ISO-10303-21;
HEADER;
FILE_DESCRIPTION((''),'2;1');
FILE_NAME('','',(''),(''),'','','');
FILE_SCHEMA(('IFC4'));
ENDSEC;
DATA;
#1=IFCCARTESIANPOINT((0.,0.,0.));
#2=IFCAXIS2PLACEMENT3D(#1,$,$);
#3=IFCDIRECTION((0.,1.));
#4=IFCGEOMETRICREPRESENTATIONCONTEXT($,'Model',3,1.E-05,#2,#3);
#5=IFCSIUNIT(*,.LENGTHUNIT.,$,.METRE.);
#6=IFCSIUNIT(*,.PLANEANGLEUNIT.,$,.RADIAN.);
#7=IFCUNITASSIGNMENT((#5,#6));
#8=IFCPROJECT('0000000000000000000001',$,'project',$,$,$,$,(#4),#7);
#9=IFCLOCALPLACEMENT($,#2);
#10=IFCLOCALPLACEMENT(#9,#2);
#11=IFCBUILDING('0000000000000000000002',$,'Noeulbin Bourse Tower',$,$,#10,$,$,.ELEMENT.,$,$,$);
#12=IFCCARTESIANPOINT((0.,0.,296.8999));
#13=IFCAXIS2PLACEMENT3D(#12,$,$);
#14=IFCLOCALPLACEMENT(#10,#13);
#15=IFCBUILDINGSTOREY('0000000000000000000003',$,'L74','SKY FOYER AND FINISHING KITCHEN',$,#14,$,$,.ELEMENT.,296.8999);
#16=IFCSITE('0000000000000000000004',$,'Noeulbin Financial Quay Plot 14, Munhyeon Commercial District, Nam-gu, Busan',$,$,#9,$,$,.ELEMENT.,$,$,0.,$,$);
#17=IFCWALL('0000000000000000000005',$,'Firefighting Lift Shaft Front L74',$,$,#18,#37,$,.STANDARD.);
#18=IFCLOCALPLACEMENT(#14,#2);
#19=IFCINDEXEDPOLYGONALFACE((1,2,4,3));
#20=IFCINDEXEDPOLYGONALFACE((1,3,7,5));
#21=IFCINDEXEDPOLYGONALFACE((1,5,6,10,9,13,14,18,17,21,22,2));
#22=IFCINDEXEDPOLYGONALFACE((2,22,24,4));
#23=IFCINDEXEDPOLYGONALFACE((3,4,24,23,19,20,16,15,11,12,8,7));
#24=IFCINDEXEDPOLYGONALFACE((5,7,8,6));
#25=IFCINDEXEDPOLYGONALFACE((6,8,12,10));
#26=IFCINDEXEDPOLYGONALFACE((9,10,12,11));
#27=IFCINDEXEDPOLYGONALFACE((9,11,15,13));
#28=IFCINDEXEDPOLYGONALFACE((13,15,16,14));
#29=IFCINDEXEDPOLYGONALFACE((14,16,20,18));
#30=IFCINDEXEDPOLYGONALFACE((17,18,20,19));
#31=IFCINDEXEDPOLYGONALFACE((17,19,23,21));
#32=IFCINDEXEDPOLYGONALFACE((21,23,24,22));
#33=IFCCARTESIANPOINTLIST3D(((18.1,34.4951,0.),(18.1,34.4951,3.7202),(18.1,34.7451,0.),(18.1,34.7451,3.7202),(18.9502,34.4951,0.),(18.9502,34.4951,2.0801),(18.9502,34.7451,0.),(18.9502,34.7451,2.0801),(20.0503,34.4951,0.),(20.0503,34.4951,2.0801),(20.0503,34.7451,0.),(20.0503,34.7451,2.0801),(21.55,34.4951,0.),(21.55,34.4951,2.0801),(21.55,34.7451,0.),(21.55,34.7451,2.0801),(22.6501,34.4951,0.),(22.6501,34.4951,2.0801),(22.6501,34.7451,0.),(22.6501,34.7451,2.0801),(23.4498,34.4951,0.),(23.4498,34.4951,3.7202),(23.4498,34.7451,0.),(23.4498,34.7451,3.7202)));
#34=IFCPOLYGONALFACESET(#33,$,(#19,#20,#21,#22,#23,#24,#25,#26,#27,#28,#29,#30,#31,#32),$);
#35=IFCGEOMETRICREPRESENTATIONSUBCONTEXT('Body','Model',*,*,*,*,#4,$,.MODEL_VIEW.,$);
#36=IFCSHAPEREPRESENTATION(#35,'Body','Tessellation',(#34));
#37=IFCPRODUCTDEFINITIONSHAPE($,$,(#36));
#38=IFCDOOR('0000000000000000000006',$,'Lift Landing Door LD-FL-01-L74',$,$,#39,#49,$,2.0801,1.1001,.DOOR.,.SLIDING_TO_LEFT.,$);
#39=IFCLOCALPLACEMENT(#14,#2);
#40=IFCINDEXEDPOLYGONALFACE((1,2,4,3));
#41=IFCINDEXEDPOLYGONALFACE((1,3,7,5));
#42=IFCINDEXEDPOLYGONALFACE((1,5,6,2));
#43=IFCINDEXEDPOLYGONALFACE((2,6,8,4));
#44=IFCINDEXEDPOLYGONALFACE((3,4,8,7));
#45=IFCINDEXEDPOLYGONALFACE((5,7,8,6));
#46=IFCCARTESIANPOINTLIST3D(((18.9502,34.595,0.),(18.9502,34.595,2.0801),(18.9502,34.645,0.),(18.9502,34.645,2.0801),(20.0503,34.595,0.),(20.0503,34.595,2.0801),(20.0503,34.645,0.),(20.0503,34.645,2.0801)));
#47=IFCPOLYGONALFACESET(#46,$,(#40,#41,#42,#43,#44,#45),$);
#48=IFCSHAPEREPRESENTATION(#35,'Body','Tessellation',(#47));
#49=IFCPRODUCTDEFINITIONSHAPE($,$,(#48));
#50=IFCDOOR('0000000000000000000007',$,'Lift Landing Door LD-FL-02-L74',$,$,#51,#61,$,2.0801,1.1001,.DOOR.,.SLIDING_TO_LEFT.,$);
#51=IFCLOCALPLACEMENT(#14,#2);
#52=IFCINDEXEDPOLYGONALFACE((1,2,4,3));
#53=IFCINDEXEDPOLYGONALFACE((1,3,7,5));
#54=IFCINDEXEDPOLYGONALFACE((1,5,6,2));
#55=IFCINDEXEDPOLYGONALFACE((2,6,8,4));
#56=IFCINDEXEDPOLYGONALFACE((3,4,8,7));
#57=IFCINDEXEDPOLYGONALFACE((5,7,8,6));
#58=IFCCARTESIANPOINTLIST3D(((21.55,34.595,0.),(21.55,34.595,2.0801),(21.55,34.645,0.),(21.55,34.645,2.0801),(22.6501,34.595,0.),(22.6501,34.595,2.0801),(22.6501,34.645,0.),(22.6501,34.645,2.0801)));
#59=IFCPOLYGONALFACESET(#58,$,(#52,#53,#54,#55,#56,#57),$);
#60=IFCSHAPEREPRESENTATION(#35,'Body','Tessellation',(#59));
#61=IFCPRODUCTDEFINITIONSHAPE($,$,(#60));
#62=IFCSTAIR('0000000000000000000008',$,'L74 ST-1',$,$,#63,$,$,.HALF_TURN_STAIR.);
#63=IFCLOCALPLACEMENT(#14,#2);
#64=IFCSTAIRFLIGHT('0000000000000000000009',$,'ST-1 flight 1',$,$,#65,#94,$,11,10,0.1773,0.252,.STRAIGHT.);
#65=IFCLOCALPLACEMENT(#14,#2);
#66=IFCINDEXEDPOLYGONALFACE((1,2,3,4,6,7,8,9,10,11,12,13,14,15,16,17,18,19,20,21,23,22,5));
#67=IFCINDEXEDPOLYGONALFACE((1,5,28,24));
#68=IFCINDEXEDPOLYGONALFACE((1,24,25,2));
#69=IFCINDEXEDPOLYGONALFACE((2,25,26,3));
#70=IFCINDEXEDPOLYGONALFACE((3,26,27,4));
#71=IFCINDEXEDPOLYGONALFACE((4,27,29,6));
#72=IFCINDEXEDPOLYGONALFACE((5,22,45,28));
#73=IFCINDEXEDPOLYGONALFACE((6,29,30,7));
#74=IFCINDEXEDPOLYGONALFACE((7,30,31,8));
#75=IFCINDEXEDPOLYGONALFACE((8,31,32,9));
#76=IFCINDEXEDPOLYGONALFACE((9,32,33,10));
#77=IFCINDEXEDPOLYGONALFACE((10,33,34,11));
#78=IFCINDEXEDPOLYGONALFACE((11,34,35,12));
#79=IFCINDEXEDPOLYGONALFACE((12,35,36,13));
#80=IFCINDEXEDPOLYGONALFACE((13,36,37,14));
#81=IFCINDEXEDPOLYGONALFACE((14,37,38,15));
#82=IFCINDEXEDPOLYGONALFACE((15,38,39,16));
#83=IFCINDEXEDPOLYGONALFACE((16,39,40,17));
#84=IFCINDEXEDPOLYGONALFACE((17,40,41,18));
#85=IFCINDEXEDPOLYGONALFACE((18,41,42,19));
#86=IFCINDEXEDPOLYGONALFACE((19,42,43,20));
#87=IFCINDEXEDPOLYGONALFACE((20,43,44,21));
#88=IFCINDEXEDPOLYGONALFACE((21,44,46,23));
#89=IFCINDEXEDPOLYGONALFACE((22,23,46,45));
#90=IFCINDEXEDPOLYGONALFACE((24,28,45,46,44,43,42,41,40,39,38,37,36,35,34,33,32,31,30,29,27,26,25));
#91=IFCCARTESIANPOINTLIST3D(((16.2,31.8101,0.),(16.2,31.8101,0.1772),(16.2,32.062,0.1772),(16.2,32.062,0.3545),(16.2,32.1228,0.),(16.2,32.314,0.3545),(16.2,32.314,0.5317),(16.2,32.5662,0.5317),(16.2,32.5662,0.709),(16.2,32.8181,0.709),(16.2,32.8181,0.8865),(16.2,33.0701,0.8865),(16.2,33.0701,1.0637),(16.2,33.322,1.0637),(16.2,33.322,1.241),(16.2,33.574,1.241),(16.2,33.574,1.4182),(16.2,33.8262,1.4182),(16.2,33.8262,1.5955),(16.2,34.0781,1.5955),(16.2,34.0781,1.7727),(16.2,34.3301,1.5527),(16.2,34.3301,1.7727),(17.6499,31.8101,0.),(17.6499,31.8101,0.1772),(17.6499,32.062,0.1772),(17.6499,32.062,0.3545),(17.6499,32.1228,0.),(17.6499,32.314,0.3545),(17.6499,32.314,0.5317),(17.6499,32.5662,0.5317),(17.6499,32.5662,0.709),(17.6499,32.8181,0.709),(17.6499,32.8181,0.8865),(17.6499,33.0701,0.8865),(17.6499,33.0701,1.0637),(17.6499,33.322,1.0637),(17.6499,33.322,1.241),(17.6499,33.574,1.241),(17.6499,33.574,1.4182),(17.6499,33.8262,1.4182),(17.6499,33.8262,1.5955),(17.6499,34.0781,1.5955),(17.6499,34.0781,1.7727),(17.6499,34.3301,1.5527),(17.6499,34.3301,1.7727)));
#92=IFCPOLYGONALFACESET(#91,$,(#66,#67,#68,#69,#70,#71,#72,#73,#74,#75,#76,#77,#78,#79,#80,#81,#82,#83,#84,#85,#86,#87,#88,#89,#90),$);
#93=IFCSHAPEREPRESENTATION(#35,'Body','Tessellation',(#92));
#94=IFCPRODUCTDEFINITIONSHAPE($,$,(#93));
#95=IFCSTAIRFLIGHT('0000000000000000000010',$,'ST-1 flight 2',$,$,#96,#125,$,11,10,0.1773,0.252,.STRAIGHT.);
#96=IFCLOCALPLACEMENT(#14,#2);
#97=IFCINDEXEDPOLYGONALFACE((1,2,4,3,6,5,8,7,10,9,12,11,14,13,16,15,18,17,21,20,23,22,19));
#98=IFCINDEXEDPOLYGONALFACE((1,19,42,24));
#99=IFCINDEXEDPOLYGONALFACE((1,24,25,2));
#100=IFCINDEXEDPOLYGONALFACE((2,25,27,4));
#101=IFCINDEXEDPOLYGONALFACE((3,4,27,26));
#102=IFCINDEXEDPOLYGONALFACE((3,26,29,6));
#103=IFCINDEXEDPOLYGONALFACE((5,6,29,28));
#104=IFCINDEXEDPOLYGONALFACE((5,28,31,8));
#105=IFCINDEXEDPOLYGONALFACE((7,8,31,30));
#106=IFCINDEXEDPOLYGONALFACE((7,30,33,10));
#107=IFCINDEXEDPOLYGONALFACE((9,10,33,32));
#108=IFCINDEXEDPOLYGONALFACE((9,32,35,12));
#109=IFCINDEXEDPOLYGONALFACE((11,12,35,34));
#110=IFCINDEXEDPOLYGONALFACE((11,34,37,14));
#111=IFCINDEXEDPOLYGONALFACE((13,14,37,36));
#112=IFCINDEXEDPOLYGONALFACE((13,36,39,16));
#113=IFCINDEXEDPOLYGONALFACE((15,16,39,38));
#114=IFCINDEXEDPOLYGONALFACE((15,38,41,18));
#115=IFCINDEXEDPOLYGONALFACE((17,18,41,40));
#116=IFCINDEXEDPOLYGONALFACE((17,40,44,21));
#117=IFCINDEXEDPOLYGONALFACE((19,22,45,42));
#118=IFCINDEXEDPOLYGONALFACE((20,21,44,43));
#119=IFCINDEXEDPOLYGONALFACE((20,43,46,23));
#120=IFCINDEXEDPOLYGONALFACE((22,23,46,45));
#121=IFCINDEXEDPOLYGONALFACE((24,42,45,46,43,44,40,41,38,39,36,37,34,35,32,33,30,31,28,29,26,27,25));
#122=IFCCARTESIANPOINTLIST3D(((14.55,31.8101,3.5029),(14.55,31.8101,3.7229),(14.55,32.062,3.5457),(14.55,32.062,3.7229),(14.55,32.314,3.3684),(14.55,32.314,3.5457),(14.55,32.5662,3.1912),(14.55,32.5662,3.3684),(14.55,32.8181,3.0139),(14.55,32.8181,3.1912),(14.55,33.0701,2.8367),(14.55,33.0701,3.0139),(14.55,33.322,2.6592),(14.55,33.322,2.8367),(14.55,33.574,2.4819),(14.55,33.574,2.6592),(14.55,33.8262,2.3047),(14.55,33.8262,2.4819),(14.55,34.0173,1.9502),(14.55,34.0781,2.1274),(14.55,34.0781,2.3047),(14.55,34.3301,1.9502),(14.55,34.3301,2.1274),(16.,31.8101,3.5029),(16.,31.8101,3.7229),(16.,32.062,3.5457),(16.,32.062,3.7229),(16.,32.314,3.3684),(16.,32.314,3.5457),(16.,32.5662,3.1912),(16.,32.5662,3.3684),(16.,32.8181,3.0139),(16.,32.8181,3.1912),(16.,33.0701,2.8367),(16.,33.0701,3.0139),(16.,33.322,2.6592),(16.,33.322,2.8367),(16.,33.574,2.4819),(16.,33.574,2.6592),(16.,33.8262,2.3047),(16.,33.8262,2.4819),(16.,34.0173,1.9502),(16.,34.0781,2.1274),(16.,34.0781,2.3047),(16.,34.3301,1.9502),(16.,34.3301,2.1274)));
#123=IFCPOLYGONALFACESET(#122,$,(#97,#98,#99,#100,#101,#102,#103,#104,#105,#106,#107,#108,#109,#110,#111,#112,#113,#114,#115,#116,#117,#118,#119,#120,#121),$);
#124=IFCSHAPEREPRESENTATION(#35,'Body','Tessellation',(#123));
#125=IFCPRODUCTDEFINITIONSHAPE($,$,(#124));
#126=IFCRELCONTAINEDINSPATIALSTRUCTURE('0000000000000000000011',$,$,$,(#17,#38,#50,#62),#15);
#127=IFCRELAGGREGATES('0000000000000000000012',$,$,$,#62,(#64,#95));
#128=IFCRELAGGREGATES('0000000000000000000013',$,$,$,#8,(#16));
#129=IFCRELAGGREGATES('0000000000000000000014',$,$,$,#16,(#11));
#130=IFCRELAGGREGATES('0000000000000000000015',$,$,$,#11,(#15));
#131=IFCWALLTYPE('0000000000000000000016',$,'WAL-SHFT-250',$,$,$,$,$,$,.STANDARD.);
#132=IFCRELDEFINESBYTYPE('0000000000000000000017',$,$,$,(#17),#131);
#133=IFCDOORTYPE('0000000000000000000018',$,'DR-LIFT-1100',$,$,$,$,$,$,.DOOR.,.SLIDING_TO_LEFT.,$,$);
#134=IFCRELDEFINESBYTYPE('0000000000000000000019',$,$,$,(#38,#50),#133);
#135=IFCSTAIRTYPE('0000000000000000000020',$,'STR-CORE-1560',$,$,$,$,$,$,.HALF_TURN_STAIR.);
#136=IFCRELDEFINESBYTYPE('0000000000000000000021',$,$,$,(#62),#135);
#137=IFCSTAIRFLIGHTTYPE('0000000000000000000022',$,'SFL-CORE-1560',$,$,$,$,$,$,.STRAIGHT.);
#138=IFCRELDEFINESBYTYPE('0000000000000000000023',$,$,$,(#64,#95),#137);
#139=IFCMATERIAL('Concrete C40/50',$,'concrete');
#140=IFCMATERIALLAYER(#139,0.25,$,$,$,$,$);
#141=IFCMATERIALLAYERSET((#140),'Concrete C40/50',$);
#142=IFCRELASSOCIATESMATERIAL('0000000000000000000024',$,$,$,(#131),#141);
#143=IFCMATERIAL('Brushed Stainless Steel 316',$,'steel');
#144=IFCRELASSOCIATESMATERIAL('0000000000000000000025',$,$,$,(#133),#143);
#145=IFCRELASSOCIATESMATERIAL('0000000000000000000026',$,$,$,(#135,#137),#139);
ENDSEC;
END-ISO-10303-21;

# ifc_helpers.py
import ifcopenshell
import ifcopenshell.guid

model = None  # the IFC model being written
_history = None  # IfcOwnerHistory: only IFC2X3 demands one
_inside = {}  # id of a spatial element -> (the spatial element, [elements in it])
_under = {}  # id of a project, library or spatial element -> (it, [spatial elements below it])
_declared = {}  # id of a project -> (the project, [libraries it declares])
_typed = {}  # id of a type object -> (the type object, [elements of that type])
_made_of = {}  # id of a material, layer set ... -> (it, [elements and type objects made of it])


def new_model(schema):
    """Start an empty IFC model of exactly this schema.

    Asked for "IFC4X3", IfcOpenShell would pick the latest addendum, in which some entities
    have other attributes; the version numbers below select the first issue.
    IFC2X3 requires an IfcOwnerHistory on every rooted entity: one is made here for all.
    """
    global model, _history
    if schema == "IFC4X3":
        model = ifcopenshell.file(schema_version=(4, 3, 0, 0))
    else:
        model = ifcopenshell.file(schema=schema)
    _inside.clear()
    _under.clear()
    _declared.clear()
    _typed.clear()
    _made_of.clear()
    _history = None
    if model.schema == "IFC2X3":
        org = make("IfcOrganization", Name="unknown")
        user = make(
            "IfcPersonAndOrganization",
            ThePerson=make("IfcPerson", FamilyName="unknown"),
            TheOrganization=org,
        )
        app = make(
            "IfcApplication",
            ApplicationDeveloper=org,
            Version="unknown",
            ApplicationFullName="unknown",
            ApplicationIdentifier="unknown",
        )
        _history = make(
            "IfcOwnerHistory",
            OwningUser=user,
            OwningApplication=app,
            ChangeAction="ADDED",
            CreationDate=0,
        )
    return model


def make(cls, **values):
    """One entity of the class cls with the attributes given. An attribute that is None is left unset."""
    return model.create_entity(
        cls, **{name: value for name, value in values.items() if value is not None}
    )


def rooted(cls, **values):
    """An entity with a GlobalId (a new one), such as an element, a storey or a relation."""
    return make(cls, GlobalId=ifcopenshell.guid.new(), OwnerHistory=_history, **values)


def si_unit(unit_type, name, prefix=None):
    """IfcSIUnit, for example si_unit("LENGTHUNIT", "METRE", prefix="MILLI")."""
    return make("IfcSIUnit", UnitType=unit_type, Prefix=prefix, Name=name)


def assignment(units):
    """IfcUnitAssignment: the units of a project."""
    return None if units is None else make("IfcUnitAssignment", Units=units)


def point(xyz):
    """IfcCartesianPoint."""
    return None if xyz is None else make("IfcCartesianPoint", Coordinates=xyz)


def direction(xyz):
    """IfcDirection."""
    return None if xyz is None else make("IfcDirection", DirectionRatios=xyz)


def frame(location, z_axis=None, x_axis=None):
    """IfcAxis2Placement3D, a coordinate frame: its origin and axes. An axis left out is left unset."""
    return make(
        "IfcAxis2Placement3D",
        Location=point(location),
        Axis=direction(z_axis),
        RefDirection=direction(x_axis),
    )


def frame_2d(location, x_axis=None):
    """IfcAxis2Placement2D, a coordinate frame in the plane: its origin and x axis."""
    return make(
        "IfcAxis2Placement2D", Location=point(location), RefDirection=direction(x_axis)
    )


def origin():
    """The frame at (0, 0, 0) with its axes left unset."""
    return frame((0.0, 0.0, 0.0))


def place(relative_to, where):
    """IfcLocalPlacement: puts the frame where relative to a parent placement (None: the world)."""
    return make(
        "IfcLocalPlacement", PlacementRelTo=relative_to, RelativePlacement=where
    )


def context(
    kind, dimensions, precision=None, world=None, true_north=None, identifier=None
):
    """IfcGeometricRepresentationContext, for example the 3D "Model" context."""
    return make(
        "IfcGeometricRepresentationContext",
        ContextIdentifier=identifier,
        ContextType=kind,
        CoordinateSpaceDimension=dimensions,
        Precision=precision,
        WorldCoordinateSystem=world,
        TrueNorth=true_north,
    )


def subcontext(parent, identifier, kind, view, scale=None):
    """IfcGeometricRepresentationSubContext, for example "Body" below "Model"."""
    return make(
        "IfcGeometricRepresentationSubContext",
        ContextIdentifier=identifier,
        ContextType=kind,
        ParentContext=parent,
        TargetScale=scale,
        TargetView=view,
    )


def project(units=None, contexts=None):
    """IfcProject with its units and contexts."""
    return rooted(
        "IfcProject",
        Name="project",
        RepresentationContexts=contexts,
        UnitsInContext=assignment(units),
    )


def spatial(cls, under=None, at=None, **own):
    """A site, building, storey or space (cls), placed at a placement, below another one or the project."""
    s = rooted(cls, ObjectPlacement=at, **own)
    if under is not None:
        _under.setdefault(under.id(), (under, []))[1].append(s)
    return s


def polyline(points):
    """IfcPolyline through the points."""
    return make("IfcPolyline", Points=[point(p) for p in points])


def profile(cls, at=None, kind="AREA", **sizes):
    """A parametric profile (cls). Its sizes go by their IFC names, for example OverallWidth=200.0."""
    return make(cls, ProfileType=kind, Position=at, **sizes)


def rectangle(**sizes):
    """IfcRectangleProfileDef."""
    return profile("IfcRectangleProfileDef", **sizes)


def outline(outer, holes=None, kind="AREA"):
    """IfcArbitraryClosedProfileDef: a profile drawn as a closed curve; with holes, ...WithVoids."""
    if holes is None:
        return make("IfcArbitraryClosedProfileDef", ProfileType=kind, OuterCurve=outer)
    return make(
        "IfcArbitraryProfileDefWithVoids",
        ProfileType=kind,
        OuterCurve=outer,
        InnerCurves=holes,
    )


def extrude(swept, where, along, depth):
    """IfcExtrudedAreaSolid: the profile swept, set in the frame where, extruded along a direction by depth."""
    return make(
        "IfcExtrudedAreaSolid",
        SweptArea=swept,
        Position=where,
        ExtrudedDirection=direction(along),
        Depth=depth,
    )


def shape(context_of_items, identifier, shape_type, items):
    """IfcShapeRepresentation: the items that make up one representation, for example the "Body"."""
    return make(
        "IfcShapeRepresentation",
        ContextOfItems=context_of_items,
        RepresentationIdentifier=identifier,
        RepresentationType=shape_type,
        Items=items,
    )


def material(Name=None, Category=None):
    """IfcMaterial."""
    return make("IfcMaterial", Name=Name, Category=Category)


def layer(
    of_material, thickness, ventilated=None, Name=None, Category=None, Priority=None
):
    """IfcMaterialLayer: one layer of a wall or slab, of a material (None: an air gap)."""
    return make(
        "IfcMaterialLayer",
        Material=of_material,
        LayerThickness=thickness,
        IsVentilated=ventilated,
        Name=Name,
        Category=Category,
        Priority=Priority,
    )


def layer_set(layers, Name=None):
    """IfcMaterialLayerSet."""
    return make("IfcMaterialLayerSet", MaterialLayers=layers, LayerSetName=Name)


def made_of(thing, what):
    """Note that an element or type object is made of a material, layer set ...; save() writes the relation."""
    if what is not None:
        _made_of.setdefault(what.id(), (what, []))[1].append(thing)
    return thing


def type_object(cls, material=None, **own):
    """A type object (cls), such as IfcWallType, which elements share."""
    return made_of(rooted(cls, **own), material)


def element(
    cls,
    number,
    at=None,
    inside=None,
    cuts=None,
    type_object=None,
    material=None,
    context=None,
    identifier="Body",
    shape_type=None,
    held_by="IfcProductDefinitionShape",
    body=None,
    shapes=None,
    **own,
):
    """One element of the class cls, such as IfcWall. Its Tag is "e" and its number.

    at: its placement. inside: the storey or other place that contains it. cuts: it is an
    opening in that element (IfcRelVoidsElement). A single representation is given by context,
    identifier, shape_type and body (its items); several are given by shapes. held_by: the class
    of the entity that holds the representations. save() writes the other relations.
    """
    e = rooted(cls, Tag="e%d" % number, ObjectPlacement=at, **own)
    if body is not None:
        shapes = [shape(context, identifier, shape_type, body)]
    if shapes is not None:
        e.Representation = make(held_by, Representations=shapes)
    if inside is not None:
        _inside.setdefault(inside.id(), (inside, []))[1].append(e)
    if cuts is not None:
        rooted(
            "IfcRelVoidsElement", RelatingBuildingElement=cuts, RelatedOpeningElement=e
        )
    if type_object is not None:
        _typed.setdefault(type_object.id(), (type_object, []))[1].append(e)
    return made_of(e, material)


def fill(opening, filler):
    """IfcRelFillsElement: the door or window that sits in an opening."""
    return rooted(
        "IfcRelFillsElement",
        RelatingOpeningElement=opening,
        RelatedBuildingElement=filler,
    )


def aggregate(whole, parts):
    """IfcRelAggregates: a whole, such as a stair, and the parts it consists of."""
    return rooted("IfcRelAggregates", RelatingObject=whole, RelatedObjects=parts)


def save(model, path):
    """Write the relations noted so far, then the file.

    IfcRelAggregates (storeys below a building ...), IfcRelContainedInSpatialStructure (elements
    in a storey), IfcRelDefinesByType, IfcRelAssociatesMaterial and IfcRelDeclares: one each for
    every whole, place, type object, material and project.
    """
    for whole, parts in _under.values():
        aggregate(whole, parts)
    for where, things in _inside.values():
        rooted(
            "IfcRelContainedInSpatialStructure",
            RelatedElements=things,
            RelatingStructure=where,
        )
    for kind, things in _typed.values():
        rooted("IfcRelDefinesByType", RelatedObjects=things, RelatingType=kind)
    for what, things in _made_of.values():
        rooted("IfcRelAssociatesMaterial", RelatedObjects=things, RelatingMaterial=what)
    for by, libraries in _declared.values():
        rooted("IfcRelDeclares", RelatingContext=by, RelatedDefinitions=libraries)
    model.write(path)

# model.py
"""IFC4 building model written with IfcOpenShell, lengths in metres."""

from ifc_helpers import new_model, si_unit, direction, frame, frame_2d, origin, place, context, subcontext, project, spatial, polyline, rectangle, outline, extrude, material, layer, layer_set, type_object, element, fill, aggregate, save


model = new_model("IFC4")

# Units and contexts
model_context = context("Model", 3, precision=1e-05, world=origin(), true_north=direction((0.0, 1.0)))
body_context = subcontext(model_context, "Body", "Model", "MODEL_VIEW")
ifc_project = project(units=[si_unit("LENGTHUNIT", "METRE"), si_unit("PLANEANGLEUNIT", "RADIAN")], contexts=[model_context])

# Site, building, storey
site_placement = place(None, origin())
site = spatial("IfcSite", under=ifc_project, at=site_placement, Name="Noeulbin Financial Quay Plot 14, Munhyeon Commercial District, Nam-gu, Busan", CompositionType="ELEMENT", RefElevation=0.0)
building_placement = place(site_placement, origin())
building = spatial("IfcBuilding", under=site, at=building_placement, Name="Noeulbin Bourse Tower", CompositionType="ELEMENT")
storey_placement = place(building_placement, frame((0.0, 0.0, 296.8999)))
storey = spatial("IfcBuildingStorey", under=building, at=storey_placement, Name="L74", Description="SKY FOYER AND FINISHING KITCHEN", CompositionType="ELEMENT", Elevation=296.8999)

# Shared definitions
ifc_material_1 = material(Name="Concrete C40/50", Category="concrete")

# Shared definitions
ifc_layer_1 = layer(ifc_material_1, 0.25)
ifc_layer_set_1 = layer_set([ifc_layer_1], Name="Concrete C40/50")
wall_type_1 = type_object("IfcWallType", Name="WAL-SHFT-250", PredefinedType="STANDARD", material=ifc_layer_set_1)

# Wall, openings, doors
wall_1_placement = place(storey_placement, frame((18.1001, 34.6201, 0.0), z_axis=(0.0, 0.0, 1.0), x_axis=(1.0, 0.0, 0.0)))
wall_1 = element("IfcWall", 1, at=wall_1_placement, inside=storey, type_object=wall_type_1, Name="Firefighting Lift Shaft Front L74", PredefinedType="STANDARD", context=body_context, shape_type="SweptSolid", body=[
    extrude(rectangle(XDim=5.3499, YDim=0.25, at=frame_2d((2.6748, 0.0))), origin(), (0.0, 0.0, 1.0), 3.7202),
])
opening_1_placement = place(wall_1_placement, frame((0.8501, 0.0, 0.0)))
opening_1 = element("IfcOpeningElement", 2, at=opening_1_placement, cuts=wall_1, PredefinedType="OPENING", context=body_context, shape_type="SweptSolid", body=[
    extrude(rectangle(XDim=1.1001, YDim=2.0801, at=frame_2d((0.55, 1.04))), frame((0.0, 0.135, 0.0), z_axis=(0.0, -1.0, 0.0), x_axis=(1.0, 0.0, 0.0)), (0.0, 0.0, 1.0), 0.27),
])
opening_2_placement = place(wall_1_placement, frame((3.45, 0.0, 0.0)))
opening_2 = element("IfcOpeningElement", 3, at=opening_2_placement, cuts=wall_1, PredefinedType="OPENING", context=body_context, shape_type="SweptSolid", body=[
    extrude(rectangle(XDim=1.1001, YDim=2.0801, at=frame_2d((0.55, 1.04))), frame((0.0, 0.135, 0.0), z_axis=(0.0, -1.0, 0.0), x_axis=(1.0, 0.0, 0.0)), (0.0, 0.0, 1.0), 0.27),
])
ifc_material_2 = material(Name="Brushed Stainless Steel 316", Category="steel")
door_type_1 = type_object("IfcDoorType", Name="DR-LIFT-1100", OperationType="SLIDING_TO_LEFT", PredefinedType="DOOR", material=ifc_material_2)
door_1_placement = place(opening_1_placement, origin())
door_1 = element("IfcDoor", 4, at=door_1_placement, inside=storey, type_object=door_type_1, Name="Lift Landing Door LD-FL-01-L74", OperationType="SLIDING_TO_LEFT", OverallHeight=2.0801, OverallWidth=1.1001, PredefinedType="DOOR", context=body_context, shape_type="SweptSolid", body=[
    extrude(rectangle(XDim=1.1001, YDim=2.0801, at=frame_2d((0.55, 1.04))), frame((0.0, 0.0249, 0.0), z_axis=(0.0, -1.0, 0.0), x_axis=(1.0, 0.0, 0.0)), (0.0, 0.0, 1.0), 0.05),
])
fill(opening_1, door_1)
door_2_placement = place(opening_2_placement, origin())
door_2 = element("IfcDoor", 5, at=door_2_placement, inside=storey, type_object=door_type_1, Name="Lift Landing Door LD-FL-02-L74", OperationType="SLIDING_TO_LEFT", OverallHeight=2.0801, OverallWidth=1.1001, PredefinedType="DOOR", context=body_context, shape_type="SweptSolid", body=[
    extrude(rectangle(XDim=1.1001, YDim=2.0801, at=frame_2d((0.55, 1.04))), frame((0.0, 0.0249, 0.0), z_axis=(0.0, -1.0, 0.0), x_axis=(1.0, 0.0, 0.0)), (0.0, 0.0, 1.0), 0.05),
])
fill(opening_2, door_2)

# Stair, stair flights
stair_type = type_object("IfcStairType", Name="STR-CORE-1560", PredefinedType="HALF_TURN_STAIR", material=ifc_material_1)
stair_placement = place(storey_placement, origin())
stair = element("IfcStair", 6, at=stair_placement, inside=storey, type_object=stair_type, Name="L74 ST-1", PredefinedType="HALF_TURN_STAIR")
stair_flight_type = type_object("IfcStairFlightType", Name="SFL-CORE-1560", PredefinedType="STRAIGHT", material=ifc_material_1)
stair_flight_1_placement = place(storey_placement, frame((16.925, 31.8101, 0.0), z_axis=(0.0, 0.0, 1.0), x_axis=(0.0, 1.0, 0.0)))
stair_flight_1 = element("IfcStairFlight", 7, at=stair_flight_1_placement, type_object=stair_flight_type, Name="ST-1 flight 1", NumberOfRisers=11, NumberOfTreads=10, PredefinedType="STRAIGHT", RiserHeight=0.1773, TreadLength=0.252, context=body_context, shape_type="SweptSolid", body=[
    extrude(outline(polyline([(0.0, 0.0), (0.0, 0.1772), (0.252, 0.1772), (0.252, 0.3545), (0.5039, 0.3545), (0.5039, 0.5317), (0.7561, 0.5317), (0.7561, 0.709), (1.0081, 0.709), (1.0081, 0.8865), (1.26, 0.8865), (1.26, 1.0637), (1.512, 1.0637), (1.512, 1.241), (1.7639, 1.241), (1.7639, 1.4182), (2.0161, 1.4182), (2.0161, 1.5955), (2.2681, 1.5955), (2.2681, 1.7727), (2.52, 1.7727), (2.52, 1.95), (2.52, 1.5527), (0.3127, 0.0), (0.0, 0.0)])), frame((0.0, 0.7251, 0.0), z_axis=(0.0, -1.0, 0.0), x_axis=(1.0, 0.0, 0.0)), (0.0, 0.0, 1.0), 1.45),
])
stair_flight_2_placement = place(storey_placement, frame((15.2749, 34.3301, 1.9502), z_axis=(0.0, 0.0, 1.0), x_axis=(0.0, -1.0, 0.0)))
stair_flight_2 = element("IfcStairFlight", 8, at=stair_flight_2_placement, type_object=stair_flight_type, Name="ST-1 flight 2", NumberOfRisers=11, NumberOfTreads=10, PredefinedType="STRAIGHT", RiserHeight=0.1773, TreadLength=0.252, context=body_context, shape_type="SweptSolid", body=[
    extrude(outline(polyline([(0.0, 0.0), (0.0, 0.1772), (0.252, 0.1772), (0.252, 0.3545), (0.5039, 0.3545), (0.5039, 0.5317), (0.7561, 0.5317), (0.7561, 0.709), (1.0081, 0.709), (1.0081, 0.8865), (1.26, 0.8865), (1.26, 1.0637), (1.512, 1.0637), (1.512, 1.241), (1.7639, 1.241), (1.7639, 1.4182), (2.0161, 1.4182), (2.0161, 1.5955), (2.2681, 1.5955), (2.2681, 1.7727), (2.52, 1.7727), (2.52, 1.95), (2.52, 1.5527), (0.3127, 0.0), (0.0, 0.0)])), frame((0.0, 0.7251, 0.0), z_axis=(0.0, -1.0, 0.0), x_axis=(1.0, 0.0, 0.0)), (0.0, 0.0, 1.0), 1.45),
])
aggregate(stair, [stair_flight_1, stair_flight_2])

save(model, "model.ifc")
